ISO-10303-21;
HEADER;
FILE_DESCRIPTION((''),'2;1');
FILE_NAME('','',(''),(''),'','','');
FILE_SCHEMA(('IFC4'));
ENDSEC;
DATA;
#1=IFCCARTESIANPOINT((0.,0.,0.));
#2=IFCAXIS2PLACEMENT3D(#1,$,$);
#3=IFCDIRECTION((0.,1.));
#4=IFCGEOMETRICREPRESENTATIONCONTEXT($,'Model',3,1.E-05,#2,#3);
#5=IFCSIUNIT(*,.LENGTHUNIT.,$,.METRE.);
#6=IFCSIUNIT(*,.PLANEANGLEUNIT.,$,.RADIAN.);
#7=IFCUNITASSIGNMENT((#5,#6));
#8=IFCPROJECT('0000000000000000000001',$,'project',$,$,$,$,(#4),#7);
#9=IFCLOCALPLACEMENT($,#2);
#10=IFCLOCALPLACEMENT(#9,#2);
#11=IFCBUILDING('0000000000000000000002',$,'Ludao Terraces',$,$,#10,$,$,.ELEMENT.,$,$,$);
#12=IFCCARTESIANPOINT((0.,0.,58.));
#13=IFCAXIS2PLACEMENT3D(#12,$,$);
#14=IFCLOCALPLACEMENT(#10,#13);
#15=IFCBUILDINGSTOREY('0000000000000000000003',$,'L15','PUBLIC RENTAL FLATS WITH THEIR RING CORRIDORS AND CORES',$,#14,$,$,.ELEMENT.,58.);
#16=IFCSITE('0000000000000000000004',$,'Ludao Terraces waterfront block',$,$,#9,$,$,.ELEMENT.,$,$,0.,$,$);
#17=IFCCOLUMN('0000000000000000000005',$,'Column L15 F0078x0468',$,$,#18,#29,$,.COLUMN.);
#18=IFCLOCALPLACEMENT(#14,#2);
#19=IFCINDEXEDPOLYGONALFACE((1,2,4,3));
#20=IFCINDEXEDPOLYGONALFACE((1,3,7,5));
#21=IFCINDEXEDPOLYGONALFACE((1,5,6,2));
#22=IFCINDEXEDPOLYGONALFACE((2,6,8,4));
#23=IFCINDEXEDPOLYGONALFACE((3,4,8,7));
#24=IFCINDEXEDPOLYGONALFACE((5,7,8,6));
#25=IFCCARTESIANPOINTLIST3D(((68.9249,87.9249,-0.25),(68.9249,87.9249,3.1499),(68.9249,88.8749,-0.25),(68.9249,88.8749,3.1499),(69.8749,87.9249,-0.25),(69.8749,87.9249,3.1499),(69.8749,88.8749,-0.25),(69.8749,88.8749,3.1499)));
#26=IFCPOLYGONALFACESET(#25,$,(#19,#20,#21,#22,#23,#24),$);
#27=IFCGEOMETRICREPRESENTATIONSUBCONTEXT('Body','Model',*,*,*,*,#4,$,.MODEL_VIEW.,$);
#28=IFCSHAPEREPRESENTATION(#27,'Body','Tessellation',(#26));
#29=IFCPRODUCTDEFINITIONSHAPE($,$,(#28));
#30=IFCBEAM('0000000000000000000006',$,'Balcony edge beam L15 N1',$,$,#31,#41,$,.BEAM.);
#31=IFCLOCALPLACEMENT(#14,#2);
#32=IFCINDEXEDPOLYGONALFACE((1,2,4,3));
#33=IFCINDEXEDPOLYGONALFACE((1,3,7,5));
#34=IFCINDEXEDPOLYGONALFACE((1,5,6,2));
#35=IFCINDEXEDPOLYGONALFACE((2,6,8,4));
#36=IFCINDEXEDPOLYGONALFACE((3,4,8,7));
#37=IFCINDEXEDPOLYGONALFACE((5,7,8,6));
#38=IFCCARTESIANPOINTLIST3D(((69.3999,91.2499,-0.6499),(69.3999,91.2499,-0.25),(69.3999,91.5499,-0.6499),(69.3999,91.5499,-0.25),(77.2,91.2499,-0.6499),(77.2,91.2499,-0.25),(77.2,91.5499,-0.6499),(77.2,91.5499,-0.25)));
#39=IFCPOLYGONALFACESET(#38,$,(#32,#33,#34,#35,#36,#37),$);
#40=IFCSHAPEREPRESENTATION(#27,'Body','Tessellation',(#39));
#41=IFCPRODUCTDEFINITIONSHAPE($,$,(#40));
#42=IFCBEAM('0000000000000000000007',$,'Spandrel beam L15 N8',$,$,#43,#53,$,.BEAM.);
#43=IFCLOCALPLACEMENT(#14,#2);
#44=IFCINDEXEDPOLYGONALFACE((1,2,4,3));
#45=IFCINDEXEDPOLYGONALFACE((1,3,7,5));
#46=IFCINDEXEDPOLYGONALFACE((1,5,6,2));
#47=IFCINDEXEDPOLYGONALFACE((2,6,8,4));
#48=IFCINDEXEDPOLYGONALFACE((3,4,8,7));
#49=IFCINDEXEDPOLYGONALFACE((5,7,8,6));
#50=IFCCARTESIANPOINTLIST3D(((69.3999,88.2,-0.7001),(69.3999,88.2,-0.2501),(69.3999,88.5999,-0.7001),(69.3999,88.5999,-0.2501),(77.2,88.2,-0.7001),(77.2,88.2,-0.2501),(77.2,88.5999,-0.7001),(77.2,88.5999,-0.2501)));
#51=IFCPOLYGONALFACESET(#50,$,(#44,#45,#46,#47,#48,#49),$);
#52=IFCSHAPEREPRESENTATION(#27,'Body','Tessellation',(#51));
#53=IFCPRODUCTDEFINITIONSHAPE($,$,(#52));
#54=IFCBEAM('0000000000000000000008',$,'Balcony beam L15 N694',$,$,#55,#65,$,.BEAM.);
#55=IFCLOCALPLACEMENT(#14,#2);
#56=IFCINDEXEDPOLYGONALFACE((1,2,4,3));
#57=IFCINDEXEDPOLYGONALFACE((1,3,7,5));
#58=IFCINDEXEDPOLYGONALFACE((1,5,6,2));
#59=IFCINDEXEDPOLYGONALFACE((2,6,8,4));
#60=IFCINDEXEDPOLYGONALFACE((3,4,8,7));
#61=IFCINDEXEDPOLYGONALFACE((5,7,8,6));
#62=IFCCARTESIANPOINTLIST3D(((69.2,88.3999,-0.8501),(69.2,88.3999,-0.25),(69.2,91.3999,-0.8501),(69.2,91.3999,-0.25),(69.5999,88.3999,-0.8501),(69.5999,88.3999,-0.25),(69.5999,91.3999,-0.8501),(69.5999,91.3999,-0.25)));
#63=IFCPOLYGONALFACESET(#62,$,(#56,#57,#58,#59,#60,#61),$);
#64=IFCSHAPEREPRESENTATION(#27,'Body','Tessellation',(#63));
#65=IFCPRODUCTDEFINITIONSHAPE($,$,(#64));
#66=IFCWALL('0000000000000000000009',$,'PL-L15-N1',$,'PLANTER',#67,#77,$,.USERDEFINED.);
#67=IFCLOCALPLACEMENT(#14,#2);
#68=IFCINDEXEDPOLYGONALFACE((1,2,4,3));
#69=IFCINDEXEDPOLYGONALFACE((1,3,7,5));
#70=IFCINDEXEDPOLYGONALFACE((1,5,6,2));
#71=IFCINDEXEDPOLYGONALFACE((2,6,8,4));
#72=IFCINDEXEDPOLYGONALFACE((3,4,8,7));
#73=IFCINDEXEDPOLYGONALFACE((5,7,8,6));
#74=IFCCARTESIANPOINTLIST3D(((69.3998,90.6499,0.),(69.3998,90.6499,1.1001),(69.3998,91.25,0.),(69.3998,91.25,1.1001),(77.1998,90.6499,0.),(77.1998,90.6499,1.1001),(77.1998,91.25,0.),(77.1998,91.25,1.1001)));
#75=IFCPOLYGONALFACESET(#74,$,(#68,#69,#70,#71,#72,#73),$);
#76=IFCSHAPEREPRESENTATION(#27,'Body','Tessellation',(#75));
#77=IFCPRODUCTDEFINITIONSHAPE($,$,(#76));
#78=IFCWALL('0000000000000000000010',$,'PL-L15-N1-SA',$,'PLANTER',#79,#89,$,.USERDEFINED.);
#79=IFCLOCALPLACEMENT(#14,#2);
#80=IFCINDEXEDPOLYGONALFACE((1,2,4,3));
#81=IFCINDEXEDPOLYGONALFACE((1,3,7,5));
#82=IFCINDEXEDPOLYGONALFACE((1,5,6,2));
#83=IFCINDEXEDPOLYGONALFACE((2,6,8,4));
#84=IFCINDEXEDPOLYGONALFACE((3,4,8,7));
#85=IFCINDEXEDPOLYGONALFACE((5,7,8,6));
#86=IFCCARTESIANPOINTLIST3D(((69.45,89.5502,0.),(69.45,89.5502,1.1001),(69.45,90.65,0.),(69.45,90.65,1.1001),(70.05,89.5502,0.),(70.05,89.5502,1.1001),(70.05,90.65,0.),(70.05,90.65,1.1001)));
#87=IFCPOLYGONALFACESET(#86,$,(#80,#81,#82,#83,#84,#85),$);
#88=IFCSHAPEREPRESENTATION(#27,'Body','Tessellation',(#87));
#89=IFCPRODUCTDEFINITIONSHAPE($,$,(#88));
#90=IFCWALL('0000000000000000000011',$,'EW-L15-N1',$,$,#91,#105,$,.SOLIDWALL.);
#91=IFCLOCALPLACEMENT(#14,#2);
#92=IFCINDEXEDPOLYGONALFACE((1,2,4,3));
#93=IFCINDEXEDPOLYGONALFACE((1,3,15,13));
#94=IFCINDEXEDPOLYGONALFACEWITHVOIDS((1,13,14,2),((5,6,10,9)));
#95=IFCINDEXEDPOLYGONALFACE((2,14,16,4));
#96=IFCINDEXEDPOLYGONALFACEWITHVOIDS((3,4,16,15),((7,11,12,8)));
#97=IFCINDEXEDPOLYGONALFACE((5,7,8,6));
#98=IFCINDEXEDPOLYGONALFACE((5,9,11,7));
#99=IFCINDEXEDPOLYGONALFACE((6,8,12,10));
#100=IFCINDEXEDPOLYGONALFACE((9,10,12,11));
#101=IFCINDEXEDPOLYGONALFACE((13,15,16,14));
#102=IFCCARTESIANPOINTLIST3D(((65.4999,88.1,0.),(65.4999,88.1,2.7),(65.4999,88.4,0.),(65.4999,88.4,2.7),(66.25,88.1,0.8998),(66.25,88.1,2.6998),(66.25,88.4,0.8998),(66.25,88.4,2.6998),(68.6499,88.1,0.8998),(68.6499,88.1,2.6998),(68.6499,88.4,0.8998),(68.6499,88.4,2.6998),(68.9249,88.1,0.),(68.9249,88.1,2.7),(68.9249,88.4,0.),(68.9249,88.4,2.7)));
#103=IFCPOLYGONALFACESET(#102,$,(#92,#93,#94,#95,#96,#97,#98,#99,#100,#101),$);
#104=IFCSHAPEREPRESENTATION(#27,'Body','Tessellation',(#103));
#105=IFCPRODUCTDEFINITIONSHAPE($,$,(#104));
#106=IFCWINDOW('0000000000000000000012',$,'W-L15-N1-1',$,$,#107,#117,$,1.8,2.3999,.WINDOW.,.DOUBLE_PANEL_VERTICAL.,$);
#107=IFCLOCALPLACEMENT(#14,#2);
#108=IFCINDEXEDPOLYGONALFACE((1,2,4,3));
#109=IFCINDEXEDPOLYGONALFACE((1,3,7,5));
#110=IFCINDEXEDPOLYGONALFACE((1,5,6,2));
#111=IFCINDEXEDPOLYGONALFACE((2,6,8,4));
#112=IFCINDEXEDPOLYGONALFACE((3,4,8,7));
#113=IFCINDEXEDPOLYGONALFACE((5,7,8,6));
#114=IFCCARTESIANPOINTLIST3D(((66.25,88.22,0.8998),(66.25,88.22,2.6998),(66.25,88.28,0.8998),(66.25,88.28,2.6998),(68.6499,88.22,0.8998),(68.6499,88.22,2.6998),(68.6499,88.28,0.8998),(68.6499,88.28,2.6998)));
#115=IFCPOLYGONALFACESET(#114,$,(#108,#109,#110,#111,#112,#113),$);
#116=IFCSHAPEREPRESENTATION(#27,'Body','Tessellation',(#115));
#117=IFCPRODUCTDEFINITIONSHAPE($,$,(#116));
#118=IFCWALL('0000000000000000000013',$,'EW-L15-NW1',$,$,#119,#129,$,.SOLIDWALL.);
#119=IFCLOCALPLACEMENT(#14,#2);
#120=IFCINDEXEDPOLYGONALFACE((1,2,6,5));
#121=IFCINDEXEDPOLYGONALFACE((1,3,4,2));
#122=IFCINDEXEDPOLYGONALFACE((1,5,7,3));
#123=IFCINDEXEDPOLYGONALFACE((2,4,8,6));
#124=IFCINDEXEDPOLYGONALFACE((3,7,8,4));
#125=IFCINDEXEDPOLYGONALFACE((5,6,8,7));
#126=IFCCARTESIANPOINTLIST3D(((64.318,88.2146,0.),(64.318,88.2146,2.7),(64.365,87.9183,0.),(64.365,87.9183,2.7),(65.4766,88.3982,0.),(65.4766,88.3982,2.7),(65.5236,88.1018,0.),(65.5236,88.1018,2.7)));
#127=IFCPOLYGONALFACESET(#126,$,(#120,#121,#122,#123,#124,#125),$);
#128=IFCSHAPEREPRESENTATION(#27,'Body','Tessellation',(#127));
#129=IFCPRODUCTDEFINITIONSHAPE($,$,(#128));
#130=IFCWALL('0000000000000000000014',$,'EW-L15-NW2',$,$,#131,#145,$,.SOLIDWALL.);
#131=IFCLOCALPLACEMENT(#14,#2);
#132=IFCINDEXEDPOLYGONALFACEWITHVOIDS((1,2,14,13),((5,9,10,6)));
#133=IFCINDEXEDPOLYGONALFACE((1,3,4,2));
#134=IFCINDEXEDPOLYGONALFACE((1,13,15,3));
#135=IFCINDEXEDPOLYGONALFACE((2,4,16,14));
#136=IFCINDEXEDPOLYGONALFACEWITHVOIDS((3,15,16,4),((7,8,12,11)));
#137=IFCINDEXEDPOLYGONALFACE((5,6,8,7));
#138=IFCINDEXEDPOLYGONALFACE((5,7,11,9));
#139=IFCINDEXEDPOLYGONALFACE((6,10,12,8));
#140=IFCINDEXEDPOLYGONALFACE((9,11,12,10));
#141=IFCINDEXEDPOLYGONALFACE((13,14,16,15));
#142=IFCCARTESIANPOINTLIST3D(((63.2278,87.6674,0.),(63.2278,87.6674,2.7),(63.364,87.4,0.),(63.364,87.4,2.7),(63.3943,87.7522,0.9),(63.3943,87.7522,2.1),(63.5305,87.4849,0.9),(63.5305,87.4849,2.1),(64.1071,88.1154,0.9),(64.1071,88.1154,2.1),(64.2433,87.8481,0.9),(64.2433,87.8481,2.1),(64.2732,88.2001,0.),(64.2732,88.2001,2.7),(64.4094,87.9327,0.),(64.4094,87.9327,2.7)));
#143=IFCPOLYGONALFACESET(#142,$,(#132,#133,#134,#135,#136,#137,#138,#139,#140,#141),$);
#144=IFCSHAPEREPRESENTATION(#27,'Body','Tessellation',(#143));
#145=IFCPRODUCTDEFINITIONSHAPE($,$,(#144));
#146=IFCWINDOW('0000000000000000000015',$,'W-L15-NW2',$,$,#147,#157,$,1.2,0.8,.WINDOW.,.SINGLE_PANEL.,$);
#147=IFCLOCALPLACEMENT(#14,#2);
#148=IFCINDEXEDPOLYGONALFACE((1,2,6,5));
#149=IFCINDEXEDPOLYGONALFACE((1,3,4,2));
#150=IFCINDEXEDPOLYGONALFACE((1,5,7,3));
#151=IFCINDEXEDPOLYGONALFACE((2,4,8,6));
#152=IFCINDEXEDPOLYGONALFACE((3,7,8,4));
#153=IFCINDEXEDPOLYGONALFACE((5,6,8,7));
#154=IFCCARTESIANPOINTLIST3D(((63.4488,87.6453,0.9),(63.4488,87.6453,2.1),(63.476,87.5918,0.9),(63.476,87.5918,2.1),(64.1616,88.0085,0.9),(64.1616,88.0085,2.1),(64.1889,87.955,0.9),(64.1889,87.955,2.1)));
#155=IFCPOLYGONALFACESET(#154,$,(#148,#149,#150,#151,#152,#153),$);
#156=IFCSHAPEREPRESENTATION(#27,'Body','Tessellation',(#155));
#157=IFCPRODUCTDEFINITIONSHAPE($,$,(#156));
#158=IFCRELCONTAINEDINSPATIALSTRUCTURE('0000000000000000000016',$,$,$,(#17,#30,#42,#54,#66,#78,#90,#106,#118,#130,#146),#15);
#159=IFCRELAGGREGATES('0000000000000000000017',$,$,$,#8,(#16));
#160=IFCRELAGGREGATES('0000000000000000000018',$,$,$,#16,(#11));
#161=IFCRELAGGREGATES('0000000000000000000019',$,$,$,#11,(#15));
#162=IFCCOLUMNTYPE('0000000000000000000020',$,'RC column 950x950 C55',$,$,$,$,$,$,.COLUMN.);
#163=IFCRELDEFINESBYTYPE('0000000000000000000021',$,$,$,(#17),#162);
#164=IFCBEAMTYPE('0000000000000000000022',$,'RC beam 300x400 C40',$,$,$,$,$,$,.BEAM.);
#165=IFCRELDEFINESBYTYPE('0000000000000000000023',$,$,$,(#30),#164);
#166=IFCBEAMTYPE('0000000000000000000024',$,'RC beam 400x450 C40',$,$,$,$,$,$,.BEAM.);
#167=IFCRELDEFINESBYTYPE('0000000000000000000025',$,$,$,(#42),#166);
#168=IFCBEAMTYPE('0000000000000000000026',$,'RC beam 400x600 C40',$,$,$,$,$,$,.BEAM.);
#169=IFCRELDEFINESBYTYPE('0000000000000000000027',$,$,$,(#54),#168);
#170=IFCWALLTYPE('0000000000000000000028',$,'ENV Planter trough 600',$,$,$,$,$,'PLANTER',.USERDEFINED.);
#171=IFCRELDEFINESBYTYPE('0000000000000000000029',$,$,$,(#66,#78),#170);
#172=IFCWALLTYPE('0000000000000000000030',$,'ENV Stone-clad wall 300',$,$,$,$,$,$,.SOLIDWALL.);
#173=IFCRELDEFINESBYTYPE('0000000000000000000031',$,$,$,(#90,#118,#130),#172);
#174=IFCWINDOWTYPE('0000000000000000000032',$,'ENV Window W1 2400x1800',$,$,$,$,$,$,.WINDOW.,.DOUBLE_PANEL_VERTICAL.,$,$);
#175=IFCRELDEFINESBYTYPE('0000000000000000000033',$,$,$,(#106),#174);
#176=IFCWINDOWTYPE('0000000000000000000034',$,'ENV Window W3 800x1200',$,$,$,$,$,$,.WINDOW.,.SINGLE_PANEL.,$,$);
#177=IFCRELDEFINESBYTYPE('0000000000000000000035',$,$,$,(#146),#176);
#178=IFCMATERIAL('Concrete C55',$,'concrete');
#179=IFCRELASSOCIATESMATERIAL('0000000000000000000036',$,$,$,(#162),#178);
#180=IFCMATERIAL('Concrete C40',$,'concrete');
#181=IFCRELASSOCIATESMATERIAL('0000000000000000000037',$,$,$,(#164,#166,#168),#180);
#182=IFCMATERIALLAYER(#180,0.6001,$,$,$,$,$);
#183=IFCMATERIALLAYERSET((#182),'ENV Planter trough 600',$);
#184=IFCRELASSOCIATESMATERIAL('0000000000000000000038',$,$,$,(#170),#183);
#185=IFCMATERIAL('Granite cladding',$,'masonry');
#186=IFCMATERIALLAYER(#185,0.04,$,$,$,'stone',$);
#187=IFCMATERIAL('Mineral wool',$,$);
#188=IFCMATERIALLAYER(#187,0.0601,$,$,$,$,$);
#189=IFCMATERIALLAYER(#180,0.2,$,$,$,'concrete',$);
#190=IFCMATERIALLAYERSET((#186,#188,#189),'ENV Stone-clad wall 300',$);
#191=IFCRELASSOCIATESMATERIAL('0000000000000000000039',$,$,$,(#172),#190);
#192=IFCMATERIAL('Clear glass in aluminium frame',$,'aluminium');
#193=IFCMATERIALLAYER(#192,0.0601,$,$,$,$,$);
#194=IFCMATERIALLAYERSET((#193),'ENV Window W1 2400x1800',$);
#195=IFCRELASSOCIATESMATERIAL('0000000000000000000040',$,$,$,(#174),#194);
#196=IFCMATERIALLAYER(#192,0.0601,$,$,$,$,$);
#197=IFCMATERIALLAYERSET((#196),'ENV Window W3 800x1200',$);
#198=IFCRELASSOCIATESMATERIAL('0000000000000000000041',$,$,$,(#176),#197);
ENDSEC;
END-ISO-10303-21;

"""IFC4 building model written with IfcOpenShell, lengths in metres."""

from ifc_helpers import new_model, si_unit, direction, frame, frame_2d, origin, origin_2d, place, context, subcontext, project, spatial, rectangle, extrude, material, layer, layer_set, material_profile, profile_set, type_object, element, fill, save


model = new_model("IFC4")

# Units and contexts
model_context = context("Model", 3, precision=1e-05, world=origin(), true_north=direction((0.0, 1.0)))
body_context = subcontext(model_context, "Body", "Model", "MODEL_VIEW")
ifc_project = project(units=[si_unit("LENGTHUNIT", "METRE"), si_unit("PLANEANGLEUNIT", "RADIAN")], contexts=[model_context])

# Site, building, storey
site_placement = place(None, origin())
site = spatial("IfcSite", under=ifc_project, at=site_placement, Name="Ludao Terraces waterfront block", CompositionType="ELEMENT", RefElevation=0.0)
building_placement = place(site_placement, origin())
building = spatial("IfcBuilding", under=site, at=building_placement, Name="Ludao Terraces", CompositionType="ELEMENT")
storey_placement = place(building_placement, frame((0.0, 0.0, 58.0)))
storey = spatial("IfcBuildingStorey", under=building, at=storey_placement, Name="L15", Description="PUBLIC RENTAL FLATS WITH THEIR RING CORRIDORS AND CORES", CompositionType="ELEMENT", Elevation=58.0)

# Column
ifc_material_1 = material(Name="Concrete C55", Category="concrete")
ifc_material_profile_1 = material_profile(ifc_material_1, rectangle(XDim=0.95, YDim=0.95, at=origin_2d()), Name="950 X 950")
ifc_profile_set_1 = profile_set([ifc_material_profile_1], Name="Concrete C55")
column_type = type_object("IfcColumnType", Name="RC column 950x950 C55", PredefinedType="COLUMN", material=ifc_profile_set_1)
column_placement = place(storey_placement, frame((69.3999, 88.3999, -0.25), z_axis=(0.0, 0.0, 1.0), x_axis=(1.0, 0.0, 0.0)))
element("IfcColumn", 1, at=column_placement, inside=storey, type_object=column_type, Name="Column L15 F0078x0468", PredefinedType="COLUMN", context=body_context, shape_type="SweptSolid", body=[
    extrude(rectangle(XDim=0.95, YDim=0.95, at=origin_2d()), origin(), (0.0, 0.0, 1.0), 3.3999),
])

# Beams
ifc_material_2 = material(Name="Concrete C40", Category="concrete")
ifc_material_profile_2 = material_profile(ifc_material_2, rectangle(XDim=0.3, YDim=0.3999, at=origin_2d()), Name="300 X 400")
ifc_profile_set_2 = profile_set([ifc_material_profile_2], Name="Concrete C40")
beam_type_1 = type_object("IfcBeamType", Name="RC beam 300x400 C40", PredefinedType="BEAM", material=ifc_profile_set_2)
beam_1_placement = place(storey_placement, frame((69.3999, 91.3999, -0.45), z_axis=(1.0, 0.0, 0.0), x_axis=(0.0, 1.0, 0.0)))
element("IfcBeam", 2, at=beam_1_placement, inside=storey, type_object=beam_type_1, Name="Balcony edge beam L15 N1", PredefinedType="BEAM", context=body_context, shape_type="SweptSolid", body=[
    extrude(rectangle(XDim=0.3, YDim=0.3999, at=origin_2d()), origin(), (0.0, 0.0, 1.0), 7.8),
])
ifc_material_profile_3 = material_profile(ifc_material_2, rectangle(XDim=0.3999, YDim=0.45, at=origin_2d()), Name="400 X 450")
ifc_profile_set_3 = profile_set([ifc_material_profile_3], Name="Concrete C40")
beam_type_2 = type_object("IfcBeamType", Name="RC beam 400x450 C40", PredefinedType="BEAM", material=ifc_profile_set_3)
beam_2_placement = place(storey_placement, frame((69.3999, 88.3999, -0.4751), z_axis=(1.0, 0.0, 0.0), x_axis=(0.0, 1.0, 0.0)))
element("IfcBeam", 3, at=beam_2_placement, inside=storey, type_object=beam_type_2, Name="Spandrel beam L15 N8", PredefinedType="BEAM", context=body_context, shape_type="SweptSolid", body=[
    extrude(rectangle(XDim=0.3999, YDim=0.45, at=origin_2d()), origin(), (0.0, 0.0, 1.0), 7.8),
])
ifc_material_profile_4 = material_profile(ifc_material_2, rectangle(XDim=0.3999, YDim=0.6001, at=origin_2d()), Name="400 X 600")
ifc_profile_set_4 = profile_set([ifc_material_profile_4], Name="Concrete C40")
beam_type_3 = type_object("IfcBeamType", Name="RC beam 400x600 C40", PredefinedType="BEAM", material=ifc_profile_set_4)
beam_3_placement = place(storey_placement, frame((69.3999, 88.3999, -0.55), z_axis=(0.0, 1.0, 0.0), x_axis=(-1.0, 0.0, 0.0)))
element("IfcBeam", 4, at=beam_3_placement, inside=storey, type_object=beam_type_3, Name="Balcony beam L15 N694", PredefinedType="BEAM", context=body_context, shape_type="SweptSolid", body=[
    extrude(rectangle(XDim=0.3999, YDim=0.6001, at=origin_2d()), origin(), (0.0, 0.0, 1.0), 3.0),
])

# Walls
ifc_layer_1 = layer(ifc_material_2, 0.6001)
ifc_layer_set_1 = layer_set([ifc_layer_1], Name="ENV Planter trough 600")
wall_type_1 = type_object("IfcWallType", Name="ENV Planter trough 600", ElementType="PLANTER", PredefinedType="USERDEFINED", material=ifc_layer_set_1)
wall_1_placement = place(storey_placement, frame((69.3999, 90.95, 0.0), z_axis=(0.0, 0.0, 1.0), x_axis=(1.0, 0.0, 0.0)))
element("IfcWall", 5, at=wall_1_placement, inside=storey, type_object=wall_type_1, Name="PL-L15-N1", ObjectType="PLANTER", PredefinedType="USERDEFINED", context=body_context, shape_type="SweptSolid", body=[
    extrude(rectangle(XDim=7.8, YDim=0.6001, at=frame_2d((3.8999, 0.0))), origin(), (0.0, 0.0, 1.0), 1.1001),
])
wall_2_placement = place(storey_placement, frame((69.75, 90.6499, 0.0), z_axis=(0.0, 0.0, 1.0), x_axis=(0.0, -1.0, 0.0)))
element("IfcWall", 6, at=wall_2_placement, inside=storey, type_object=wall_type_1, Name="PL-L15-N1-SA", ObjectType="PLANTER", PredefinedType="USERDEFINED", context=body_context, shape_type="SweptSolid", body=[
    extrude(rectangle(XDim=1.0999, YDim=0.6001, at=frame_2d((0.5498, 0.0))), origin(), (0.0, 0.0, 1.0), 1.1001),
])

# Wall, opening, window
ifc_material_3 = material(Name="Granite cladding", Category="masonry")
ifc_layer_2 = layer(ifc_material_3, 0.04, Category="stone")
ifc_material_4 = material(Name="Mineral wool")
ifc_layer_3 = layer(ifc_material_4, 0.0601)
ifc_layer_4 = layer(ifc_material_2, 0.2, Category="concrete")
ifc_layer_set_2 = layer_set([ifc_layer_2, ifc_layer_3, ifc_layer_4], Name="ENV Stone-clad wall 300")
wall_type_2 = type_object("IfcWallType", Name="ENV Stone-clad wall 300", PredefinedType="SOLIDWALL", material=ifc_layer_set_2)
wall_3_placement = place(storey_placement, frame((65.5, 88.25, 0.0), z_axis=(0.0, 0.0, 1.0), x_axis=(1.0, 0.0, 0.0)))
wall_3 = element("IfcWall", 7, at=wall_3_placement, inside=storey, type_object=wall_type_2, Name="EW-L15-N1", PredefinedType="SOLIDWALL", context=body_context, shape_type="SweptSolid", body=[
    extrude(rectangle(XDim=3.425, YDim=0.3, at=frame_2d((1.7124, 0.0))), origin(), (0.0, 0.0, 1.0), 2.7),
])
opening_1_placement = place(wall_3_placement, frame((0.75, 0.0, 0.8999)))
opening_1 = element("IfcOpeningElement", 8, at=opening_1_placement, cuts=wall_3, PredefinedType="OPENING", context=body_context, shape_type="SweptSolid", body=[
    extrude(rectangle(XDim=2.3999, YDim=1.8, at=frame_2d((1.2, 0.8999))), frame((0.0, 0.1602, 0.0), z_axis=(0.0, -1.0, 0.0), x_axis=(1.0, 0.0, 0.0)), (0.0, 0.0, 1.0), 0.3201),
])
ifc_material_5 = material(Name="Clear glass in aluminium frame", Category="aluminium")
ifc_layer_5 = layer(ifc_material_5, 0.0601)
ifc_layer_set_3 = layer_set([ifc_layer_5], Name="ENV Window W1 2400x1800")
window_type_1 = type_object("IfcWindowType", Name="ENV Window W1 2400x1800", PartitioningType="DOUBLE_PANEL_VERTICAL", PredefinedType="WINDOW", material=ifc_layer_set_3)
window_1_placement = place(opening_1_placement, origin())
window_1 = element("IfcWindow", 9, at=window_1_placement, inside=storey, type_object=window_type_1, Name="W-L15-N1-1", OverallHeight=1.8, OverallWidth=2.3999, PartitioningType="DOUBLE_PANEL_VERTICAL", PredefinedType="WINDOW", context=body_context, shape_type="SweptSolid", body=[
    extrude(rectangle(XDim=2.3999, YDim=1.8, at=frame_2d((1.2, 0.8999))), frame((0.0, 0.03, 0.0), z_axis=(0.0, -1.0, 0.0), x_axis=(1.0, 0.0, 0.0)), (0.0, 0.0, 1.0), 0.0601),
])
fill(opening_1, window_1)

# Wall
wall_4_placement = place(storey_placement, frame((65.5, 88.25, 0.0), z_axis=(0.0, 0.0, 1.0), x_axis=(-0.987678, -0.156497, 0.0)))
element("IfcWall", 10, at=wall_4_placement, inside=storey, type_object=wall_type_2, Name="EW-L15-NW1", PredefinedType="SOLIDWALL", context=body_context, shape_type="SweptSolid", body=[
    extrude(rectangle(XDim=1.1731, YDim=0.3, at=frame_2d((0.5864, 0.0))), origin(), (0.0, 0.0, 1.0), 2.7),
])

# Wall, opening, window
wall_5_placement = place(storey_placement, frame((64.3413, 88.0664, 0.0), z_axis=(0.0, 0.0, 1.0), x_axis=(-0.890989, -0.454026, 0.0)))
wall_5 = element("IfcWall", 11, at=wall_5_placement, inside=storey, type_object=wall_type_2, Name="EW-L15-NW2", PredefinedType="SOLIDWALL", context=body_context, shape_type="SweptSolid", body=[
    extrude(rectangle(XDim=1.1733, YDim=0.3, at=frame_2d((0.5867, 0.0))), origin(), (0.0, 0.0, 1.0), 2.7),
])
opening_2_placement = place(wall_5_placement, frame((0.1865, 0.0, 0.8999)))
opening_2 = element("IfcOpeningElement", 12, at=opening_2_placement, cuts=wall_5, PredefinedType="OPENING", context=body_context, shape_type="SweptSolid", body=[
    extrude(rectangle(XDim=0.8, YDim=1.2, at=frame_2d((0.3999, 0.6001))), frame((0.0, 0.1602, 0.0), z_axis=(0.0, -1.0, 0.0), x_axis=(1.0, 0.0, 0.0)), (0.0, 0.0, 1.0), 0.3201),
])
ifc_layer_6 = layer(ifc_material_5, 0.0601)
ifc_layer_set_4 = layer_set([ifc_layer_6], Name="ENV Window W3 800x1200")
window_type_2 = type_object("IfcWindowType", Name="ENV Window W3 800x1200", PartitioningType="SINGLE_PANEL", PredefinedType="WINDOW", material=ifc_layer_set_4)
window_2_placement = place(opening_2_placement, origin())
window_2 = element("IfcWindow", 13, at=window_2_placement, inside=storey, type_object=window_type_2, Name="W-L15-NW2", OverallHeight=1.2, OverallWidth=0.8, PartitioningType="SINGLE_PANEL", PredefinedType="WINDOW", context=body_context, shape_type="SweptSolid", body=[
    extrude(rectangle(XDim=0.8, YDim=1.2, at=frame_2d((0.3999, 0.6001))), frame((0.0, 0.03, 0.0), z_axis=(0.0, -1.0, 0.0), x_axis=(1.0, 0.0, 0.0)), (0.0, 0.0, 1.0), 0.0601),
])
fill(opening_2, window_2)

save(model, "model.ifc")
